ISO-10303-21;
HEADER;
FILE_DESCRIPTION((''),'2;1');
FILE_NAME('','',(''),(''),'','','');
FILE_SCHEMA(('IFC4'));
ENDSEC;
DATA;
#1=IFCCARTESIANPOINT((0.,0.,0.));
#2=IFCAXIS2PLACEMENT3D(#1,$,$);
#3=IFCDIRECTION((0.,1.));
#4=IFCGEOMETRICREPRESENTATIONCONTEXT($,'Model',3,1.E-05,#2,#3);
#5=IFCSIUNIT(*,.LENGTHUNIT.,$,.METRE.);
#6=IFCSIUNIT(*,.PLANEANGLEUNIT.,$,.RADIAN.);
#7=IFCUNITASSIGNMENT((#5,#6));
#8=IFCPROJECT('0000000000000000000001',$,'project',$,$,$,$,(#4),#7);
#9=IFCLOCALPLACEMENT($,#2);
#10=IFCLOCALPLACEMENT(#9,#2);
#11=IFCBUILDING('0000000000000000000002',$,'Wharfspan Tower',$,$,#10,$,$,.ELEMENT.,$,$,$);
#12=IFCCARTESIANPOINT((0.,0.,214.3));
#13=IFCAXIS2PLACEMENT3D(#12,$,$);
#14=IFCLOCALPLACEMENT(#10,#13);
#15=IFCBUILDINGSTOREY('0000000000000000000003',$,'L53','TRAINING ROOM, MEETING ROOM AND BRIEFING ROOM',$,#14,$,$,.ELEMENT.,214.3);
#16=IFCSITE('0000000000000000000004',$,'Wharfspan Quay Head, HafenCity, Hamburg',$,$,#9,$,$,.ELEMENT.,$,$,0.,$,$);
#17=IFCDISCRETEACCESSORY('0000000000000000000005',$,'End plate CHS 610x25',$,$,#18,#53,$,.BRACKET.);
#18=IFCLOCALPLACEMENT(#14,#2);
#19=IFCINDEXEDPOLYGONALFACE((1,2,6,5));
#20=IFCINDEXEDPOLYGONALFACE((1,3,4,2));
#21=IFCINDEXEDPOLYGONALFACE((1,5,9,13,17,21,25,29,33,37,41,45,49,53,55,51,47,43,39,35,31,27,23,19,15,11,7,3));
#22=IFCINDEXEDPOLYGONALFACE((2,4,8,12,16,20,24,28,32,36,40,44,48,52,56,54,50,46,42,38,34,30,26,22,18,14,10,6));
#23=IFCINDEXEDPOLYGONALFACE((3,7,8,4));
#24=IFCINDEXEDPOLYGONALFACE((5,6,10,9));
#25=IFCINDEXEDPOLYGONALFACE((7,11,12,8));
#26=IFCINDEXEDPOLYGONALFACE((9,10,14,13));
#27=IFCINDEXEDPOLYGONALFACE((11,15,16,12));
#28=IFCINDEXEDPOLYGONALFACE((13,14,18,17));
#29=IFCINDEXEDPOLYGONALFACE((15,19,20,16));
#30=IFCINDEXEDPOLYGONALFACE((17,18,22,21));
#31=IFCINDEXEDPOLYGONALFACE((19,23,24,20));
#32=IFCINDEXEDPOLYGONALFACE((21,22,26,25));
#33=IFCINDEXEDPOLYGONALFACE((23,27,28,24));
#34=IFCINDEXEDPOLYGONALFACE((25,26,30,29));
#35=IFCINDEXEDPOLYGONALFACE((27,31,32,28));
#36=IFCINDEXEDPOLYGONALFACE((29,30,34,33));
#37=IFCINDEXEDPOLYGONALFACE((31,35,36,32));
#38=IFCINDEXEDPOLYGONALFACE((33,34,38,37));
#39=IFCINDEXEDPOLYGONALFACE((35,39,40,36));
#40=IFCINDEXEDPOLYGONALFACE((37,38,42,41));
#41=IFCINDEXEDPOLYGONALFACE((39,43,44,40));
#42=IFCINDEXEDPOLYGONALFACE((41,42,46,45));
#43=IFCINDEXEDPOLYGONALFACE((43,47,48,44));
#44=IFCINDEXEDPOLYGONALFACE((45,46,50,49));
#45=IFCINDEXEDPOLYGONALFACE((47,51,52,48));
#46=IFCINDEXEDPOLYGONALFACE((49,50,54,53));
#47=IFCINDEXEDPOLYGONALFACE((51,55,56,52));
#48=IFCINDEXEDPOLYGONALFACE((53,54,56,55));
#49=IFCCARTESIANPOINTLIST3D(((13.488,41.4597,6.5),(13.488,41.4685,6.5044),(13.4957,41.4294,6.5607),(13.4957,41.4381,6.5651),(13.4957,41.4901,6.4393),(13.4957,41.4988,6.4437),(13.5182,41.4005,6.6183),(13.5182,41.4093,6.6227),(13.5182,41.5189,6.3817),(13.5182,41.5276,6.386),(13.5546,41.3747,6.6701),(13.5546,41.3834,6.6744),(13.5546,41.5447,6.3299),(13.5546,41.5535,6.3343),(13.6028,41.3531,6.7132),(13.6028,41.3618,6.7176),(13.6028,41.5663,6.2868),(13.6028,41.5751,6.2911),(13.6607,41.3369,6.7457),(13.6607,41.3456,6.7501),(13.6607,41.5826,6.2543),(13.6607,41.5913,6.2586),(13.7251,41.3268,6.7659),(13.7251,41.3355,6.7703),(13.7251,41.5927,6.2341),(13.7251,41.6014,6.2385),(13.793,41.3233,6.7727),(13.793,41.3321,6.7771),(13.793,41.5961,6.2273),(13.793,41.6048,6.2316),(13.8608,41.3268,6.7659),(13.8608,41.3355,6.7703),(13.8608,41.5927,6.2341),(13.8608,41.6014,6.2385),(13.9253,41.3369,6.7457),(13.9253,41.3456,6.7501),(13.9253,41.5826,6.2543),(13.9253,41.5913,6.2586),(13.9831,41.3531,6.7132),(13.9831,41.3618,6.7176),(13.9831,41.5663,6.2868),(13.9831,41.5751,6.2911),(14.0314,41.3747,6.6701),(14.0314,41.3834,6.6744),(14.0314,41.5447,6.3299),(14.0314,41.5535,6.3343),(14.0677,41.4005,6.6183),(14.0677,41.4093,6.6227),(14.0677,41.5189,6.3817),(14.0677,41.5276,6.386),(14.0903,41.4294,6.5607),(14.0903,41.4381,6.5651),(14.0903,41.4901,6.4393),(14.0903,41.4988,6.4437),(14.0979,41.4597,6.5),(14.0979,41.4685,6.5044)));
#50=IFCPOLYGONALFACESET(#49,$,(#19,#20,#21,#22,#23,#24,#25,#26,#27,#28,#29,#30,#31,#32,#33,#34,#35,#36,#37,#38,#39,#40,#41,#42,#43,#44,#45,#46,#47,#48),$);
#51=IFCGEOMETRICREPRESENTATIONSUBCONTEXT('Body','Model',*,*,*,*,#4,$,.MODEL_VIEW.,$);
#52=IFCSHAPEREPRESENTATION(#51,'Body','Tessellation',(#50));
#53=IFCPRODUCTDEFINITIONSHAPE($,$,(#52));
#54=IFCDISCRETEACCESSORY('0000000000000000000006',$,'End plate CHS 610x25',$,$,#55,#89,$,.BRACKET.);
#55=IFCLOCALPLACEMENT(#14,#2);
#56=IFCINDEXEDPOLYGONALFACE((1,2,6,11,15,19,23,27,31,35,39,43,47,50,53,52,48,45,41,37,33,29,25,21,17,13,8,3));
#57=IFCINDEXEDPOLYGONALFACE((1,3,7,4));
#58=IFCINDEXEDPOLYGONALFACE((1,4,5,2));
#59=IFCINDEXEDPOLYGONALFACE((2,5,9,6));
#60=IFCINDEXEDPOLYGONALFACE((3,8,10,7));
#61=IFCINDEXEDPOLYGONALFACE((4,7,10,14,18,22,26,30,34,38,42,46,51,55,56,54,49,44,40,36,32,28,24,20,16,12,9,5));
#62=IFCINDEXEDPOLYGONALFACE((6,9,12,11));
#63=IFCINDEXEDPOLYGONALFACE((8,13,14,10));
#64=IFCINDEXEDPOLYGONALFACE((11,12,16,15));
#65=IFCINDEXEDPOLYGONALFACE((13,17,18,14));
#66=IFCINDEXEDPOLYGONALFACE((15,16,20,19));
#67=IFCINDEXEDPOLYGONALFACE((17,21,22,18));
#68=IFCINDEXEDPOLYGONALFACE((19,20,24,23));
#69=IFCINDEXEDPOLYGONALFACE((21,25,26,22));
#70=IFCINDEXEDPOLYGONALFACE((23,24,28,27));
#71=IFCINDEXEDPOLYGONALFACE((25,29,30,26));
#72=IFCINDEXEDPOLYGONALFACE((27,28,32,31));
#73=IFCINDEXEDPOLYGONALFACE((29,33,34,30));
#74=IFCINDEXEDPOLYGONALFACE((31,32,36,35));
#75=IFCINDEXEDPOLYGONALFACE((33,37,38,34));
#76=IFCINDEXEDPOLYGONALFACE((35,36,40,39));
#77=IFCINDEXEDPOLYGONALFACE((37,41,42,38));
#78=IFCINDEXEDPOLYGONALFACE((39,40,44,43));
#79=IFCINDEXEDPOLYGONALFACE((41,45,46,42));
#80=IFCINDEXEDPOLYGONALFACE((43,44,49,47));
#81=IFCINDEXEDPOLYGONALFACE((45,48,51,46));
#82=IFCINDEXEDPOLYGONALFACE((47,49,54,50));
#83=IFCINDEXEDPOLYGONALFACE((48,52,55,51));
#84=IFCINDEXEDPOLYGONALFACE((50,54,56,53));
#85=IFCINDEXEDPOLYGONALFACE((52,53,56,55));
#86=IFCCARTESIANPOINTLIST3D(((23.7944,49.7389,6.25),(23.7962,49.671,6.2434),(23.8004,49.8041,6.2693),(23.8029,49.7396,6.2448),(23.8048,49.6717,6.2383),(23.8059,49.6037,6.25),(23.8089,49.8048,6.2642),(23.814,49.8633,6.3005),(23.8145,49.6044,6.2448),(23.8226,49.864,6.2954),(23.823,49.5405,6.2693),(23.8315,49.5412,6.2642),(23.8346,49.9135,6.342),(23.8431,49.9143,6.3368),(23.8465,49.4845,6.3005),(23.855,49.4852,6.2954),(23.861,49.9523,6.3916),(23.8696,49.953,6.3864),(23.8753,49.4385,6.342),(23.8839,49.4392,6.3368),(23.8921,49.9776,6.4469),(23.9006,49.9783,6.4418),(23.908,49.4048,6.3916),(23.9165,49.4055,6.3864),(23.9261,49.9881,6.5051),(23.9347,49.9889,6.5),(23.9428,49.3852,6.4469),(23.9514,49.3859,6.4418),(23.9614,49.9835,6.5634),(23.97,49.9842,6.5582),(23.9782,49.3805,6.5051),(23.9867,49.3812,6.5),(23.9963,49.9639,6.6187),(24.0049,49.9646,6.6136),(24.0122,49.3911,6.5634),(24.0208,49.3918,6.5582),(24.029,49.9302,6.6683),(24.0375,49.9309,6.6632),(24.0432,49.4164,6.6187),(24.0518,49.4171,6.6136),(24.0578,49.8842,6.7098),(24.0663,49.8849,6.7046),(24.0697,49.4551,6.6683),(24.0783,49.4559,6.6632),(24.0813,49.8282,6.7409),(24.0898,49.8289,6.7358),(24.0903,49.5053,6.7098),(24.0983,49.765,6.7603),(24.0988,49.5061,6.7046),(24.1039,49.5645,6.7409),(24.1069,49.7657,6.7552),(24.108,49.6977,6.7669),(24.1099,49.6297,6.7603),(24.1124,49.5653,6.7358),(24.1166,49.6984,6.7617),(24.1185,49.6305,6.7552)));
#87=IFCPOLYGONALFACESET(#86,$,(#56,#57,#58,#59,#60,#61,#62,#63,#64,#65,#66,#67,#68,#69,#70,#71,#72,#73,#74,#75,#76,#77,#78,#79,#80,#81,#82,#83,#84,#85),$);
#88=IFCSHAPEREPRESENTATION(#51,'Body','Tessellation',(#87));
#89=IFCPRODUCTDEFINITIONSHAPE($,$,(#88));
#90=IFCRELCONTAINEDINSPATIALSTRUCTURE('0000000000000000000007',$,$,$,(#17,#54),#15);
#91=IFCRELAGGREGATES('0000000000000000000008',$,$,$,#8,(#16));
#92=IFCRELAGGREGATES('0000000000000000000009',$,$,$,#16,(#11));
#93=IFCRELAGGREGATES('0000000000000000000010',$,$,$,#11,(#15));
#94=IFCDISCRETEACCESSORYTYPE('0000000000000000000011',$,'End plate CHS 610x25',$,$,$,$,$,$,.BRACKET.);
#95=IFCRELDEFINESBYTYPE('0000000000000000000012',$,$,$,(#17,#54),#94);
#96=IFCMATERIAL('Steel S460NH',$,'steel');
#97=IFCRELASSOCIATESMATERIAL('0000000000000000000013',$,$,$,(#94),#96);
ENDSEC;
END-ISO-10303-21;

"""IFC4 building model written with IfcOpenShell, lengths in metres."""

from ifc_helpers import new_model, si_unit, direction, frame, origin, origin_2d, place, context, subcontext, project, spatial, circle, extrude, material, material_profile, profile_set, type_object, element, save


model = new_model("IFC4")

# Units and contexts
model_context = context("Model", 3, precision=1e-05, world=origin(), true_north=direction((0.0, 1.0)))
body_context = subcontext(model_context, "Body", "Model", "MODEL_VIEW")
ifc_project = project(units=[si_unit("LENGTHUNIT", "METRE"), si_unit("PLANEANGLEUNIT", "RADIAN")], contexts=[model_context])

# Site, building, storey
site_placement = place(None, origin())
site = spatial("IfcSite", under=ifc_project, at=site_placement, Name="Wharfspan Quay Head, HafenCity, Hamburg", CompositionType="ELEMENT", RefElevation=0.0)
building_placement = place(site_placement, origin())
building = spatial("IfcBuilding", under=site, at=building_placement, Name="Wharfspan Tower", CompositionType="ELEMENT")
storey_placement = place(building_placement, frame((0.0, 0.0, 214.3)))
storey = spatial("IfcBuildingStorey", under=building, at=storey_placement, Name="L53", Description="TRAINING ROOM, MEETING ROOM AND BRIEFING ROOM", CompositionType="ELEMENT", Elevation=214.3)

# Discrete accessories
ifc_material_1 = material(Name="Steel S460NH", Category="steel")
ifc_material_profile_1 = material_profile(ifc_material_1, circle(Radius=0.3049, at=origin_2d()))
ifc_profile_set_1 = profile_set([ifc_material_profile_1], Name="Steel S460NH")
discrete_accessory_type = type_object("IfcDiscreteAccessoryType", Name="End plate CHS 610x25", PredefinedType="BRACKET", material=ifc_profile_set_1)
discrete_accessory_1_placement = place(storey_placement, frame((13.793, 41.4597, 6.5), z_axis=(0.0, 0.894427, 0.447214), x_axis=(-1.0, 0.0, 0.0)))
element("IfcDiscreteAccessory", 1, at=discrete_accessory_1_placement, inside=storey, type_object=discrete_accessory_type, Name="End plate CHS 610x25", PredefinedType="BRACKET", context=body_context, shape_type="SweptSolid", body=[
    extrude(circle(Radius=0.3049, at=origin_2d()), origin(), (0.0, 0.0, 1.0), 0.0098),
])
discrete_accessory_2_placement = place(storey_placement, frame((23.9607, 49.6851, 6.5), z_axis=(-0.855186, -0.073302, 0.513112), x_axis=(0.085402, -0.996345, 0.000001)))
element("IfcDiscreteAccessory", 2, at=discrete_accessory_2_placement, inside=storey, type_object=discrete_accessory_type, Name="End plate CHS 610x25", PredefinedType="BRACKET", context=body_context, shape_type="SweptSolid", body=[
    extrude(circle(Radius=0.3049, at=origin_2d()), origin(), (0.0, 0.0, 1.0), 0.01),
])

save(model, "model.ifc")
